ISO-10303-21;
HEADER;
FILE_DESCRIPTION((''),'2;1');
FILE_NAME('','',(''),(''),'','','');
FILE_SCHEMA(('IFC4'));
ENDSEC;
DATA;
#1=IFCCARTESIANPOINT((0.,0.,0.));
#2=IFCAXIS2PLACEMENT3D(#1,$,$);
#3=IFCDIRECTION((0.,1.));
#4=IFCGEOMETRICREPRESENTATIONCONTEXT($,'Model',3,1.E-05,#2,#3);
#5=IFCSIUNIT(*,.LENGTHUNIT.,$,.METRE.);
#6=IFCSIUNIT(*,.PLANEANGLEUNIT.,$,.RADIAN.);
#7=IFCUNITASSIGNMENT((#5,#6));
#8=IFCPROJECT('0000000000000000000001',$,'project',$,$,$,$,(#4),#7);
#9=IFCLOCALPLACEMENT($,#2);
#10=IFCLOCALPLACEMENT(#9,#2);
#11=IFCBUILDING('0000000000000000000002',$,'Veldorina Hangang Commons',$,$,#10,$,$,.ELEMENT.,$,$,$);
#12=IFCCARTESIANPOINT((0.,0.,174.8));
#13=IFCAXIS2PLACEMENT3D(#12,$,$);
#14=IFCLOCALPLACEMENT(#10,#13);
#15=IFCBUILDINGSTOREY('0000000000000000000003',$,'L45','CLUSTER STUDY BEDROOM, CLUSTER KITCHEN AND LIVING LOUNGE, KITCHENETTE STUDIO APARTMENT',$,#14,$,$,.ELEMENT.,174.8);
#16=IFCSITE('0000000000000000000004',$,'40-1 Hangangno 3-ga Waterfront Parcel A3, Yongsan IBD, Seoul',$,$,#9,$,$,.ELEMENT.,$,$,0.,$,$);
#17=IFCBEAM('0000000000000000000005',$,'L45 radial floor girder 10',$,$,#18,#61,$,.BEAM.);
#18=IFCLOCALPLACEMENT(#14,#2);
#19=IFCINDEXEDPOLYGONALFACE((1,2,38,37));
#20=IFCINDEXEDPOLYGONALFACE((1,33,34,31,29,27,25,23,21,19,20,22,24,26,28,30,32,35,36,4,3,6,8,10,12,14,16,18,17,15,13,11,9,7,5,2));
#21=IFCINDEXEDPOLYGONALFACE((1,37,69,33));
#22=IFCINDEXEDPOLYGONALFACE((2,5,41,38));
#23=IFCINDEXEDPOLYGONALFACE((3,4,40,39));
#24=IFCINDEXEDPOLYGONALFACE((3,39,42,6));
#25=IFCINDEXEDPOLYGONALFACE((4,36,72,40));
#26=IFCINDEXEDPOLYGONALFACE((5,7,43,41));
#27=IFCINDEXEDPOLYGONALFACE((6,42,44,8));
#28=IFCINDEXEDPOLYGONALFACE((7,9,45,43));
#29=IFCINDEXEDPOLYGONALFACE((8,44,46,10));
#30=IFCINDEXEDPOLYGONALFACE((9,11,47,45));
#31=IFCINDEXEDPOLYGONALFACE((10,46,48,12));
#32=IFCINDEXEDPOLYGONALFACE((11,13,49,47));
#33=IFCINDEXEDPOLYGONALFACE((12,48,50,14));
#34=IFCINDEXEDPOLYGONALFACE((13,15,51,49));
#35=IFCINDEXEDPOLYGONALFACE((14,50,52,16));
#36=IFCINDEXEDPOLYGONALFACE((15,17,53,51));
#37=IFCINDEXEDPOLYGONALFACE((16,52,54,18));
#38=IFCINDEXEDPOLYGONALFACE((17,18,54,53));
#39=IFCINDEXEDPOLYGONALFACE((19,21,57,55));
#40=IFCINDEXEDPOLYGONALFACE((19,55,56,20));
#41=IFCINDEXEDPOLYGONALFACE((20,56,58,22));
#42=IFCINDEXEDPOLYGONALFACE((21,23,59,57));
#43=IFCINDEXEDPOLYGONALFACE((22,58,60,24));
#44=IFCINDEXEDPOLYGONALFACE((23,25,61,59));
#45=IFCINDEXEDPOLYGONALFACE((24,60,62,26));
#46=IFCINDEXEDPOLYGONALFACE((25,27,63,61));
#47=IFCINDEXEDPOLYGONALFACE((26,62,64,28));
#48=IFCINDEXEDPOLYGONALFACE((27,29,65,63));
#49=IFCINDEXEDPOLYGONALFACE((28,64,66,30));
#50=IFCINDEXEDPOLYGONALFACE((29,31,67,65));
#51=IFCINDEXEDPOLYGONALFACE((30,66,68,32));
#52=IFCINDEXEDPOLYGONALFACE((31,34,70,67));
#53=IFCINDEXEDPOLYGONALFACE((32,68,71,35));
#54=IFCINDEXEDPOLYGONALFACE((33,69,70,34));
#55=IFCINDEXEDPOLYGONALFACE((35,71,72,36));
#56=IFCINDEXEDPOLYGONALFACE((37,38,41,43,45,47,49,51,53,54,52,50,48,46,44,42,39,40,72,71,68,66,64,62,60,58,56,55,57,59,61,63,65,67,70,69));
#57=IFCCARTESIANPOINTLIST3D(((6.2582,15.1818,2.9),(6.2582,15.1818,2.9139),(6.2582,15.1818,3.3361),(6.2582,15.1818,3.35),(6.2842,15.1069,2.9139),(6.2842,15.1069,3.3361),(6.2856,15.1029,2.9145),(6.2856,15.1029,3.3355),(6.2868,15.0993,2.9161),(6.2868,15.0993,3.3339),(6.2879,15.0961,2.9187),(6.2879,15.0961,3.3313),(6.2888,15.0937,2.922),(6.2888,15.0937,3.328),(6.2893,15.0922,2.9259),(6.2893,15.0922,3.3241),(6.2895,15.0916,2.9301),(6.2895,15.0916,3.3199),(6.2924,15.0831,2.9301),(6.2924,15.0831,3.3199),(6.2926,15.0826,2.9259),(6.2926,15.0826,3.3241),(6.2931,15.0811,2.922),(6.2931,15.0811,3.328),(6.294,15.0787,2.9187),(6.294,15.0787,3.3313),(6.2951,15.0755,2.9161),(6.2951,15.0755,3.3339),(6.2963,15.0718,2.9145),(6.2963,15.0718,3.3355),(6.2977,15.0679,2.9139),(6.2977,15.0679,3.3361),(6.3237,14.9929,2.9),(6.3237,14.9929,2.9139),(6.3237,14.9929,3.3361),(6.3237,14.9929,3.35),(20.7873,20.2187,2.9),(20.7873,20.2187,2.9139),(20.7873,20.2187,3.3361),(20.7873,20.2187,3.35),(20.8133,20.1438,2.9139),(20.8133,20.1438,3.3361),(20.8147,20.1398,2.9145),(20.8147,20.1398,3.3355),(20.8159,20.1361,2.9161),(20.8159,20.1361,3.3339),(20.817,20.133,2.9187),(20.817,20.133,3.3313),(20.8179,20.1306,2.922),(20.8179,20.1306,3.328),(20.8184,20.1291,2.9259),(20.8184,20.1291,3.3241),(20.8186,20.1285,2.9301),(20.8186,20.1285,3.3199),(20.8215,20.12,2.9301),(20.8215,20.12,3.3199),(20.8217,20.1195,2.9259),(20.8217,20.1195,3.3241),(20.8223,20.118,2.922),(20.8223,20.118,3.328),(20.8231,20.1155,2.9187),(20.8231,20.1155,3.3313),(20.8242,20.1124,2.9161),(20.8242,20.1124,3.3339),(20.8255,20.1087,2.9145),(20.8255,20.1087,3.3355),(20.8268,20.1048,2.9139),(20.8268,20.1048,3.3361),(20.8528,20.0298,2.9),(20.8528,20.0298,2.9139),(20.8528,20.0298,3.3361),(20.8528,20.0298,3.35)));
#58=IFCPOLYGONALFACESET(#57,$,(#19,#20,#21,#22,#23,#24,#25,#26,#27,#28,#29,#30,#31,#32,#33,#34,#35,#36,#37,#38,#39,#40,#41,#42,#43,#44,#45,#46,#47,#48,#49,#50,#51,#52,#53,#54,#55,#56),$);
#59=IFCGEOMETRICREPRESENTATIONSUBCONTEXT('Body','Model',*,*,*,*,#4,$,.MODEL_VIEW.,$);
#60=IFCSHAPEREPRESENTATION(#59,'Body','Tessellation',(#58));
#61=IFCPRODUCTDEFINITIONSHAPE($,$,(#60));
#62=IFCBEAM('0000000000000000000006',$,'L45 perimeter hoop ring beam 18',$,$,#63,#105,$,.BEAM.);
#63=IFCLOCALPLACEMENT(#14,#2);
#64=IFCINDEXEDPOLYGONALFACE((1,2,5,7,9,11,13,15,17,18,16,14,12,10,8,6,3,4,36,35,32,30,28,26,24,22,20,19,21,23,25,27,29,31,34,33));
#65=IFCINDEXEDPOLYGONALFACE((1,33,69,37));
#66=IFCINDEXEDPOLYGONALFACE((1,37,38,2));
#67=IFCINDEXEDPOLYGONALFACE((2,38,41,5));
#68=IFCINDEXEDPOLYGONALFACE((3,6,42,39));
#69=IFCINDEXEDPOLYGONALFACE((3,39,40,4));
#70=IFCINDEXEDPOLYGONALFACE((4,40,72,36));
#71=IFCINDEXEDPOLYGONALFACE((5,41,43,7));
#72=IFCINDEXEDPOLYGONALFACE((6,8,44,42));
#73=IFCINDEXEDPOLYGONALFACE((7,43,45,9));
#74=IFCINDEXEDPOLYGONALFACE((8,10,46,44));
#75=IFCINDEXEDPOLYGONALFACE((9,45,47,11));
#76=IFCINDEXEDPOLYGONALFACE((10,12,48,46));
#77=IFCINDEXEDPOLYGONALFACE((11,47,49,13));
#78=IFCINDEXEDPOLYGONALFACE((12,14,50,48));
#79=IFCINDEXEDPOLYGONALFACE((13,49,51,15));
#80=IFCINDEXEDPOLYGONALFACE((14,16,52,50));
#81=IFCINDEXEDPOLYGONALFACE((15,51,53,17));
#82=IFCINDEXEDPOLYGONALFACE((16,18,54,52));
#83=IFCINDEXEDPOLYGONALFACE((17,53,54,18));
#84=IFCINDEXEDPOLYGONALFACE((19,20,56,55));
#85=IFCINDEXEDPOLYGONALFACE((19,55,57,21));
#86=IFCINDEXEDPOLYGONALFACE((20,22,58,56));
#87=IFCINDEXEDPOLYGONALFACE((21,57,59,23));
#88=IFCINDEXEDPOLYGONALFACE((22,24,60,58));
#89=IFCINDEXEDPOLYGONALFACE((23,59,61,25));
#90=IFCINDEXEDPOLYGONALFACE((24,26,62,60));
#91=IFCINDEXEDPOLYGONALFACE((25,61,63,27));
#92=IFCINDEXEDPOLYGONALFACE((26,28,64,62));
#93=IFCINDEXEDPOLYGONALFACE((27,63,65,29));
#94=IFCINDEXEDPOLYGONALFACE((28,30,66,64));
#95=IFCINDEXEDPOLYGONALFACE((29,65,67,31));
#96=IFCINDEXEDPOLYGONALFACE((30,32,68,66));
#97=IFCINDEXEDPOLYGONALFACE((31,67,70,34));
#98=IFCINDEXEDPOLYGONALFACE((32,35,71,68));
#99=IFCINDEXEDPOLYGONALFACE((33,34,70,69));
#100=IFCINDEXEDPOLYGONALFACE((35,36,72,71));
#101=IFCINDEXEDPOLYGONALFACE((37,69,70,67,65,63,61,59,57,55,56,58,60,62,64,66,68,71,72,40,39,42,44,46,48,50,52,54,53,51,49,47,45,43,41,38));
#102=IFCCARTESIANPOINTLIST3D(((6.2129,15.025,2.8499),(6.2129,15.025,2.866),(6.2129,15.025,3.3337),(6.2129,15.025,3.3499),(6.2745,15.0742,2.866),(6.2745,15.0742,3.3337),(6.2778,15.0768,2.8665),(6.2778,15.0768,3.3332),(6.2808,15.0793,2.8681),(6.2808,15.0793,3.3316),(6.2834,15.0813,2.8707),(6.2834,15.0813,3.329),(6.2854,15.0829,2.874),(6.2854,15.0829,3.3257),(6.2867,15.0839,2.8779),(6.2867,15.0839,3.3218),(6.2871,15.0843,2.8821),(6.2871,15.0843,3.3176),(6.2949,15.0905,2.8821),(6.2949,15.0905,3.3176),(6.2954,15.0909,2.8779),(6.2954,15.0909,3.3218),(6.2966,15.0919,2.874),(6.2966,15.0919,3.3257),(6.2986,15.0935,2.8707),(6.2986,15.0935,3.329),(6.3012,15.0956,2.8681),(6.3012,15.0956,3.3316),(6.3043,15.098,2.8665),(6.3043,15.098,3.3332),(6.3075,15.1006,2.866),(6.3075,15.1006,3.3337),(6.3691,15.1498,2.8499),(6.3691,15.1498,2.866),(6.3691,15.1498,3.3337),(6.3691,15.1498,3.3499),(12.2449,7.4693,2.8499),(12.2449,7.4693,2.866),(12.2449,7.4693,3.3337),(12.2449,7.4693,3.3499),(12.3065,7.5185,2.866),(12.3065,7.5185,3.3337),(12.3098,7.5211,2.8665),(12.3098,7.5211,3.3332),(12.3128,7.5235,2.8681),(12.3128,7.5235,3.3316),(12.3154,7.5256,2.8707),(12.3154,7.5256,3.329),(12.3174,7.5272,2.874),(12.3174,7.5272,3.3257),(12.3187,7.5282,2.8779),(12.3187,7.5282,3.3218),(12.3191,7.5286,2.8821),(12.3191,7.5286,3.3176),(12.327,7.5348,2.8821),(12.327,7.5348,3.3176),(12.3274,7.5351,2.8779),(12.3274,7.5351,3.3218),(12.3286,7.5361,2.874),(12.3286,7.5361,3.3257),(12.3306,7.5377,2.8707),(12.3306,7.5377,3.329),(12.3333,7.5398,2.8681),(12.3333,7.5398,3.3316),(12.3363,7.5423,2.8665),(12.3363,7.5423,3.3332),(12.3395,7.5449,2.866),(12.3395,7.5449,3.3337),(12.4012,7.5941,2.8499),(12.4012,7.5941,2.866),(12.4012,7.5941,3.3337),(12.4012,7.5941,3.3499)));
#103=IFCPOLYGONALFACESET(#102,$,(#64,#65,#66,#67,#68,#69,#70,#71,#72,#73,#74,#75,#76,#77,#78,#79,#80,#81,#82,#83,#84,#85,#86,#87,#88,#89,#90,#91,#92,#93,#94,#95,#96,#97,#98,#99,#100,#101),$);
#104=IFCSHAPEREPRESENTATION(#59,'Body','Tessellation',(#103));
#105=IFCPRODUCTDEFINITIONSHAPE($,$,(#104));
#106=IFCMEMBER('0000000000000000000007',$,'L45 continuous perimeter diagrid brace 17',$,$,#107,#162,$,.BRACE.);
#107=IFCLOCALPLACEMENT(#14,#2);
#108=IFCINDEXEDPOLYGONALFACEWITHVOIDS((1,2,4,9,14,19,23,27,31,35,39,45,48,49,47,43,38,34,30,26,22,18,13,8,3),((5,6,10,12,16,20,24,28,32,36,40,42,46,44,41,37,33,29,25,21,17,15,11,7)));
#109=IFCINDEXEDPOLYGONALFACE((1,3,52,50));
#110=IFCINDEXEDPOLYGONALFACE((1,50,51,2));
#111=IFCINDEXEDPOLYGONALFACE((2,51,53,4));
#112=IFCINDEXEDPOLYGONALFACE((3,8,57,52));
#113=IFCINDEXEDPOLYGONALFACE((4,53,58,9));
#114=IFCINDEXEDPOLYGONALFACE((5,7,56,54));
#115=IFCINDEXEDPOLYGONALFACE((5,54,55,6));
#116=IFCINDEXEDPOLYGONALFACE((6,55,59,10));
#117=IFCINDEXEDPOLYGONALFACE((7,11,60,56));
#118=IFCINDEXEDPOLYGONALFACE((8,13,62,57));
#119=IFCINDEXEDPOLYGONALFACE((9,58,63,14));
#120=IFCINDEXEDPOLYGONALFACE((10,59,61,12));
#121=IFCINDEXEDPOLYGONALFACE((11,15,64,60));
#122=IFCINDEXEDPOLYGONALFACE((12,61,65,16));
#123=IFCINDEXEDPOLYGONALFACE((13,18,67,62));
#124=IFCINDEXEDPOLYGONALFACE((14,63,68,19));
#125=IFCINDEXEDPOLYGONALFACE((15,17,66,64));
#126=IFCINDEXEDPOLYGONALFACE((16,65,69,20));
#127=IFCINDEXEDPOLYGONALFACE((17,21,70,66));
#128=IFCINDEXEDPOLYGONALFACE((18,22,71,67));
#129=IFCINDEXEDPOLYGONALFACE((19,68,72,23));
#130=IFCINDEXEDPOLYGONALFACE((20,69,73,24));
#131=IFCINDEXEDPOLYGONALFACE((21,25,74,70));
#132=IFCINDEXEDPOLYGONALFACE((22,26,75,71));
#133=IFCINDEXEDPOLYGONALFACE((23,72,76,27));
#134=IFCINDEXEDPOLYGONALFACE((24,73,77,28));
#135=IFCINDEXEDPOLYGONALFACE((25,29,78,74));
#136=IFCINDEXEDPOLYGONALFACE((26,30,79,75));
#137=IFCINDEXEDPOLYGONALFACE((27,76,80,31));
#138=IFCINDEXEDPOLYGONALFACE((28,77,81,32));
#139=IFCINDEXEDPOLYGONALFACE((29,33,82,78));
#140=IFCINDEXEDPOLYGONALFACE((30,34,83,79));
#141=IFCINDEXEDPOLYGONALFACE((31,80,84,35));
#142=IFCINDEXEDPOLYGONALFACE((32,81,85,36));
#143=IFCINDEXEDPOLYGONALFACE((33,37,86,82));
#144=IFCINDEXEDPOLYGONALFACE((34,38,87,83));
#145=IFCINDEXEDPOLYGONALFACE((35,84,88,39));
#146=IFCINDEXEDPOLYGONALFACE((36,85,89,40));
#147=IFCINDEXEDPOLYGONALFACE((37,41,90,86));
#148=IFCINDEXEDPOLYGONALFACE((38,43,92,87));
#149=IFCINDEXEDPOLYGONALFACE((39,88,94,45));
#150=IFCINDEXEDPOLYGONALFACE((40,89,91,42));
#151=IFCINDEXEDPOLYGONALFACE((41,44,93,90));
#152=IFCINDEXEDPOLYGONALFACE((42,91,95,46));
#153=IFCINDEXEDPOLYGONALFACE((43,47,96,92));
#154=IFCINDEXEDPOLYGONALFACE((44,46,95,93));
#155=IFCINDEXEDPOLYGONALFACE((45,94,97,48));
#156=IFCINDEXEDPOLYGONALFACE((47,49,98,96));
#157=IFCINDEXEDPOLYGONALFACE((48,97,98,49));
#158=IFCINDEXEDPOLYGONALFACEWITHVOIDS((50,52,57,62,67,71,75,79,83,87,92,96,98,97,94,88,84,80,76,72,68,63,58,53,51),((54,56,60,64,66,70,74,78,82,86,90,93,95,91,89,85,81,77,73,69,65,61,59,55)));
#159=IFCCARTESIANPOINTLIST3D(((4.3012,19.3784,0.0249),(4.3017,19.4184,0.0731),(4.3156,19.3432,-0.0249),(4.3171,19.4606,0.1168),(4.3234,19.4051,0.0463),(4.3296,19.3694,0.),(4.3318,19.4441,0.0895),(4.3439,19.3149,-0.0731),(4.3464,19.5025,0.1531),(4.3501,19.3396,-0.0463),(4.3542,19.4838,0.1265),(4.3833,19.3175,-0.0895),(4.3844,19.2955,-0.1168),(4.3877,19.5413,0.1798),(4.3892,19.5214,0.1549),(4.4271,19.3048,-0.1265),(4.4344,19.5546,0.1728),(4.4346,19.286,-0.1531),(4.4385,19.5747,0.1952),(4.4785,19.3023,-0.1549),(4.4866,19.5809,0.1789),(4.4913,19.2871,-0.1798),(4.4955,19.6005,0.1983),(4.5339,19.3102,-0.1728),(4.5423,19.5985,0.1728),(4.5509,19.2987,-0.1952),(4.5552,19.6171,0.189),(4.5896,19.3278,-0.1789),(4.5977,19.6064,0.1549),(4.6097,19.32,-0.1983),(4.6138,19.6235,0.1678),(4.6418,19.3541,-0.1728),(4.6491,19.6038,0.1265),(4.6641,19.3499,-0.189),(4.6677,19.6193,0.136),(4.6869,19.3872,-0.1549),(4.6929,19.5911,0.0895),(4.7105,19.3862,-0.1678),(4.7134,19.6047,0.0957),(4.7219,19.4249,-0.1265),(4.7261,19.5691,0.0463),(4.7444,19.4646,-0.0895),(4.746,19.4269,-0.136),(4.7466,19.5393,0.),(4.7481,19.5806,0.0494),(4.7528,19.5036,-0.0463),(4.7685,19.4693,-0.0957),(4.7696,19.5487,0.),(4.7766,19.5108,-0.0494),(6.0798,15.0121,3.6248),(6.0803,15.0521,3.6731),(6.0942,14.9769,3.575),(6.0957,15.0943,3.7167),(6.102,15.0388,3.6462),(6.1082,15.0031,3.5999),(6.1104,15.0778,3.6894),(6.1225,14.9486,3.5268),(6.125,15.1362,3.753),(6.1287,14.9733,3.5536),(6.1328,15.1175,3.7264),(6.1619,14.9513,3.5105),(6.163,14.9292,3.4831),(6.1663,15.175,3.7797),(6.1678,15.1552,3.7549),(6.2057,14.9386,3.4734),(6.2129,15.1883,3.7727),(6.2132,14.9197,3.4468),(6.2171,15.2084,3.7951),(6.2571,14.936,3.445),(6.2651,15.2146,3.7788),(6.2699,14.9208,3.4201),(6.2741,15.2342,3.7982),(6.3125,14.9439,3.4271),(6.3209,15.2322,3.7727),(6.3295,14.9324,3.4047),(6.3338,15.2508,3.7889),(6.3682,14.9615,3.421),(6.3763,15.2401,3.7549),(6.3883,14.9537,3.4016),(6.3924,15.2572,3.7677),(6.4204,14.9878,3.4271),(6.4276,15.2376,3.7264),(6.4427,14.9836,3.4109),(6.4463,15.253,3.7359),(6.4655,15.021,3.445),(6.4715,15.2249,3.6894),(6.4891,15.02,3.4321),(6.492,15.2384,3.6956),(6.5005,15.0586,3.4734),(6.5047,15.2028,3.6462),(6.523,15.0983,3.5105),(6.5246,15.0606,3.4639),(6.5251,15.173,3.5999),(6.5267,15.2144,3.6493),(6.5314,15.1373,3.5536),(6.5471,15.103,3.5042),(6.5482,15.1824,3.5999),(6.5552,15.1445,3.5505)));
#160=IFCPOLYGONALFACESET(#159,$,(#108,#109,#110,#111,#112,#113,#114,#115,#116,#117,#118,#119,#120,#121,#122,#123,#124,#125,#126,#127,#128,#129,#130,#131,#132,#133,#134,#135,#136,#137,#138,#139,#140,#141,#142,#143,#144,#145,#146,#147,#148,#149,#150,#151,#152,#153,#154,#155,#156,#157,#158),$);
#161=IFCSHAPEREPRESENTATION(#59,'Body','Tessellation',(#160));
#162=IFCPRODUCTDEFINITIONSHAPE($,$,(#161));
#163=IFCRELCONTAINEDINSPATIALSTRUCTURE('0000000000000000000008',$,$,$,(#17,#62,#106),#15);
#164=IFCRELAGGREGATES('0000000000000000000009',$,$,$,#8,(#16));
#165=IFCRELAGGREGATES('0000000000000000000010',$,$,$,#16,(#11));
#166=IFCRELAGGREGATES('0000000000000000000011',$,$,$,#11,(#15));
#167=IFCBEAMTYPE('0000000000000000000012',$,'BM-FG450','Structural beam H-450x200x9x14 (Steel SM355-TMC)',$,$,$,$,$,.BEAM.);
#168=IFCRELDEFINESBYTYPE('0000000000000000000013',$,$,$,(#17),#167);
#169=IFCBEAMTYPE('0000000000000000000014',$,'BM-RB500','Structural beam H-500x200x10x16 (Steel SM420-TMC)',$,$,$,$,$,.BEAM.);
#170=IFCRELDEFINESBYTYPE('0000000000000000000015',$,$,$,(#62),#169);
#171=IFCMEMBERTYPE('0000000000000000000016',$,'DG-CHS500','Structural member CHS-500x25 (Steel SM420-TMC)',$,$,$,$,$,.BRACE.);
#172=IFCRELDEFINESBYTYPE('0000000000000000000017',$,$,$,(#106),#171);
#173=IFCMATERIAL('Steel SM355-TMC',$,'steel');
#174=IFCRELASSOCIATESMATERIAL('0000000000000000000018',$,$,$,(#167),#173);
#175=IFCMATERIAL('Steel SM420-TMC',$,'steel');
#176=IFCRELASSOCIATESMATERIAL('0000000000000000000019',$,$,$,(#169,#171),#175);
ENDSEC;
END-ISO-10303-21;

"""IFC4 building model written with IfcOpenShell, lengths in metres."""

from ifc_helpers import new_model, si_unit, direction, frame, origin, origin_2d, place, context, subcontext, project, spatial, hollow_circle, i_section, extrude, material, material_profile, profile_set, type_object, element, save


model = new_model("IFC4")

# Units and contexts
model_context = context("Model", 3, precision=1e-05, world=origin(), true_north=direction((0.0, 1.0)))
body_context = subcontext(model_context, "Body", "Model", "MODEL_VIEW")
ifc_project = project(units=[si_unit("LENGTHUNIT", "METRE"), si_unit("PLANEANGLEUNIT", "RADIAN")], contexts=[model_context])

# Site, building, storey
site_placement = place(None, origin())
site = spatial("IfcSite", under=ifc_project, at=site_placement, Name="40-1 Hangangno 3-ga Waterfront Parcel A3, Yongsan IBD, Seoul", CompositionType="ELEMENT", RefElevation=0.0)
building_placement = place(site_placement, origin())
building = spatial("IfcBuilding", under=site, at=building_placement, Name="Veldorina Hangang Commons", CompositionType="ELEMENT")
storey_placement = place(building_placement, frame((0.0, 0.0, 174.8)))
storey = spatial("IfcBuildingStorey", under=building, at=storey_placement, Name="L45", Description="CLUSTER STUDY BEDROOM, CLUSTER KITCHEN AND LIVING LOUNGE, KITCHENETTE STUDIO APARTMENT", CompositionType="ELEMENT", Elevation=174.8)

# Beams
ifc_material_1 = material(Name="Steel SM355-TMC", Category="steel")
ifc_material_profile_1 = material_profile(ifc_material_1, i_section(OverallWidth=0.2, OverallDepth=0.45, WebThickness=0.009, FlangeThickness=0.0139, FilletRadius=0.0161, at=origin_2d()), Name="H-450x200x9x14")
ifc_profile_set_1 = profile_set([ifc_material_profile_1], Name="Steel SM355-TMC")
beam_type_1 = type_object("IfcBeamType", Name="BM-FG450", Description="Structural beam H-450x200x9x14 (Steel SM355-TMC)", PredefinedType="BEAM", material=ifc_profile_set_1)
beam_1_placement = place(storey_placement, frame((20.8201, 20.1243, 3.125), z_axis=(-0.944834, -0.327551, 0.0), x_axis=(0.327551, -0.944834, 0.0)))
element("IfcBeam", 1, at=beam_1_placement, inside=storey, type_object=beam_type_1, Name="L45 radial floor girder 10", PredefinedType="BEAM", context=body_context, shape_type="SweptSolid", body=[
    extrude(i_section(OverallWidth=0.2, OverallDepth=0.45, WebThickness=0.009, FlangeThickness=0.0139, FilletRadius=0.0161, at=origin_2d()), origin(), (0.0, 0.0, 1.0), 15.3774),
])
ifc_material_2 = material(Name="Steel SM420-TMC", Category="steel")
ifc_material_profile_2 = material_profile(ifc_material_2, i_section(OverallWidth=0.2, OverallDepth=0.5, WebThickness=0.01, FlangeThickness=0.0161, FilletRadius=0.0161, at=origin_2d()), Name="H-500x200x10x16")
ifc_profile_set_2 = profile_set([ifc_material_profile_2], Name="Steel SM420-TMC")
beam_type_2 = type_object("IfcBeamType", Name="BM-RB500", Description="Structural beam H-500x200x10x16 (Steel SM420-TMC)", PredefinedType="BEAM", material=ifc_profile_set_2)
beam_2_placement = place(storey_placement, frame((6.291, 15.0874, 3.0999), z_axis=(0.623903, -0.781502, 0.0), x_axis=(0.781502, 0.623903, 0.0)))
element("IfcBeam", 2, at=beam_2_placement, inside=storey, type_object=beam_type_2, Name="L45 perimeter hoop ring beam 18", PredefinedType="BEAM", context=body_context, shape_type="SweptSolid", body=[
    extrude(i_section(OverallWidth=0.2, OverallDepth=0.5, WebThickness=0.01, FlangeThickness=0.0161, FilletRadius=0.0161, at=origin_2d()), origin(), (0.0, 0.0, 1.0), 9.6682),
])

# Member
ifc_material_profile_3 = material_profile(ifc_material_2, hollow_circle(Radius=0.25, WallThickness=0.0249, at=origin_2d()), Name="CHS-500x25")
ifc_profile_set_3 = profile_set([ifc_material_profile_3], Name="Steel SM420-TMC")
member_type = type_object("IfcMemberType", Name="DG-CHS500", Description="Structural member CHS-500x25 (Steel SM420-TMC)", PredefinedType="BRACE", material=ifc_profile_set_3)
member_1_placement = place(storey_placement, frame((4.5381, 19.4543, 0.0), z_axis=(0.299836, -0.736071, 0.606876), x_axis=(0.926112, 0.377249, 0.0)))
element("IfcMember", 3, at=member_1_placement, inside=storey, type_object=member_type, Name="L45 continuous perimeter diagrid brace 17", PredefinedType="BRACE", context=body_context, shape_type="SweptSolid", body=[
    extrude(hollow_circle(Radius=0.25, WallThickness=0.0249, at=origin_2d()), origin(), (0.0, 0.0, 1.0), 5.9319),
])

save(model, "model.ifc")
